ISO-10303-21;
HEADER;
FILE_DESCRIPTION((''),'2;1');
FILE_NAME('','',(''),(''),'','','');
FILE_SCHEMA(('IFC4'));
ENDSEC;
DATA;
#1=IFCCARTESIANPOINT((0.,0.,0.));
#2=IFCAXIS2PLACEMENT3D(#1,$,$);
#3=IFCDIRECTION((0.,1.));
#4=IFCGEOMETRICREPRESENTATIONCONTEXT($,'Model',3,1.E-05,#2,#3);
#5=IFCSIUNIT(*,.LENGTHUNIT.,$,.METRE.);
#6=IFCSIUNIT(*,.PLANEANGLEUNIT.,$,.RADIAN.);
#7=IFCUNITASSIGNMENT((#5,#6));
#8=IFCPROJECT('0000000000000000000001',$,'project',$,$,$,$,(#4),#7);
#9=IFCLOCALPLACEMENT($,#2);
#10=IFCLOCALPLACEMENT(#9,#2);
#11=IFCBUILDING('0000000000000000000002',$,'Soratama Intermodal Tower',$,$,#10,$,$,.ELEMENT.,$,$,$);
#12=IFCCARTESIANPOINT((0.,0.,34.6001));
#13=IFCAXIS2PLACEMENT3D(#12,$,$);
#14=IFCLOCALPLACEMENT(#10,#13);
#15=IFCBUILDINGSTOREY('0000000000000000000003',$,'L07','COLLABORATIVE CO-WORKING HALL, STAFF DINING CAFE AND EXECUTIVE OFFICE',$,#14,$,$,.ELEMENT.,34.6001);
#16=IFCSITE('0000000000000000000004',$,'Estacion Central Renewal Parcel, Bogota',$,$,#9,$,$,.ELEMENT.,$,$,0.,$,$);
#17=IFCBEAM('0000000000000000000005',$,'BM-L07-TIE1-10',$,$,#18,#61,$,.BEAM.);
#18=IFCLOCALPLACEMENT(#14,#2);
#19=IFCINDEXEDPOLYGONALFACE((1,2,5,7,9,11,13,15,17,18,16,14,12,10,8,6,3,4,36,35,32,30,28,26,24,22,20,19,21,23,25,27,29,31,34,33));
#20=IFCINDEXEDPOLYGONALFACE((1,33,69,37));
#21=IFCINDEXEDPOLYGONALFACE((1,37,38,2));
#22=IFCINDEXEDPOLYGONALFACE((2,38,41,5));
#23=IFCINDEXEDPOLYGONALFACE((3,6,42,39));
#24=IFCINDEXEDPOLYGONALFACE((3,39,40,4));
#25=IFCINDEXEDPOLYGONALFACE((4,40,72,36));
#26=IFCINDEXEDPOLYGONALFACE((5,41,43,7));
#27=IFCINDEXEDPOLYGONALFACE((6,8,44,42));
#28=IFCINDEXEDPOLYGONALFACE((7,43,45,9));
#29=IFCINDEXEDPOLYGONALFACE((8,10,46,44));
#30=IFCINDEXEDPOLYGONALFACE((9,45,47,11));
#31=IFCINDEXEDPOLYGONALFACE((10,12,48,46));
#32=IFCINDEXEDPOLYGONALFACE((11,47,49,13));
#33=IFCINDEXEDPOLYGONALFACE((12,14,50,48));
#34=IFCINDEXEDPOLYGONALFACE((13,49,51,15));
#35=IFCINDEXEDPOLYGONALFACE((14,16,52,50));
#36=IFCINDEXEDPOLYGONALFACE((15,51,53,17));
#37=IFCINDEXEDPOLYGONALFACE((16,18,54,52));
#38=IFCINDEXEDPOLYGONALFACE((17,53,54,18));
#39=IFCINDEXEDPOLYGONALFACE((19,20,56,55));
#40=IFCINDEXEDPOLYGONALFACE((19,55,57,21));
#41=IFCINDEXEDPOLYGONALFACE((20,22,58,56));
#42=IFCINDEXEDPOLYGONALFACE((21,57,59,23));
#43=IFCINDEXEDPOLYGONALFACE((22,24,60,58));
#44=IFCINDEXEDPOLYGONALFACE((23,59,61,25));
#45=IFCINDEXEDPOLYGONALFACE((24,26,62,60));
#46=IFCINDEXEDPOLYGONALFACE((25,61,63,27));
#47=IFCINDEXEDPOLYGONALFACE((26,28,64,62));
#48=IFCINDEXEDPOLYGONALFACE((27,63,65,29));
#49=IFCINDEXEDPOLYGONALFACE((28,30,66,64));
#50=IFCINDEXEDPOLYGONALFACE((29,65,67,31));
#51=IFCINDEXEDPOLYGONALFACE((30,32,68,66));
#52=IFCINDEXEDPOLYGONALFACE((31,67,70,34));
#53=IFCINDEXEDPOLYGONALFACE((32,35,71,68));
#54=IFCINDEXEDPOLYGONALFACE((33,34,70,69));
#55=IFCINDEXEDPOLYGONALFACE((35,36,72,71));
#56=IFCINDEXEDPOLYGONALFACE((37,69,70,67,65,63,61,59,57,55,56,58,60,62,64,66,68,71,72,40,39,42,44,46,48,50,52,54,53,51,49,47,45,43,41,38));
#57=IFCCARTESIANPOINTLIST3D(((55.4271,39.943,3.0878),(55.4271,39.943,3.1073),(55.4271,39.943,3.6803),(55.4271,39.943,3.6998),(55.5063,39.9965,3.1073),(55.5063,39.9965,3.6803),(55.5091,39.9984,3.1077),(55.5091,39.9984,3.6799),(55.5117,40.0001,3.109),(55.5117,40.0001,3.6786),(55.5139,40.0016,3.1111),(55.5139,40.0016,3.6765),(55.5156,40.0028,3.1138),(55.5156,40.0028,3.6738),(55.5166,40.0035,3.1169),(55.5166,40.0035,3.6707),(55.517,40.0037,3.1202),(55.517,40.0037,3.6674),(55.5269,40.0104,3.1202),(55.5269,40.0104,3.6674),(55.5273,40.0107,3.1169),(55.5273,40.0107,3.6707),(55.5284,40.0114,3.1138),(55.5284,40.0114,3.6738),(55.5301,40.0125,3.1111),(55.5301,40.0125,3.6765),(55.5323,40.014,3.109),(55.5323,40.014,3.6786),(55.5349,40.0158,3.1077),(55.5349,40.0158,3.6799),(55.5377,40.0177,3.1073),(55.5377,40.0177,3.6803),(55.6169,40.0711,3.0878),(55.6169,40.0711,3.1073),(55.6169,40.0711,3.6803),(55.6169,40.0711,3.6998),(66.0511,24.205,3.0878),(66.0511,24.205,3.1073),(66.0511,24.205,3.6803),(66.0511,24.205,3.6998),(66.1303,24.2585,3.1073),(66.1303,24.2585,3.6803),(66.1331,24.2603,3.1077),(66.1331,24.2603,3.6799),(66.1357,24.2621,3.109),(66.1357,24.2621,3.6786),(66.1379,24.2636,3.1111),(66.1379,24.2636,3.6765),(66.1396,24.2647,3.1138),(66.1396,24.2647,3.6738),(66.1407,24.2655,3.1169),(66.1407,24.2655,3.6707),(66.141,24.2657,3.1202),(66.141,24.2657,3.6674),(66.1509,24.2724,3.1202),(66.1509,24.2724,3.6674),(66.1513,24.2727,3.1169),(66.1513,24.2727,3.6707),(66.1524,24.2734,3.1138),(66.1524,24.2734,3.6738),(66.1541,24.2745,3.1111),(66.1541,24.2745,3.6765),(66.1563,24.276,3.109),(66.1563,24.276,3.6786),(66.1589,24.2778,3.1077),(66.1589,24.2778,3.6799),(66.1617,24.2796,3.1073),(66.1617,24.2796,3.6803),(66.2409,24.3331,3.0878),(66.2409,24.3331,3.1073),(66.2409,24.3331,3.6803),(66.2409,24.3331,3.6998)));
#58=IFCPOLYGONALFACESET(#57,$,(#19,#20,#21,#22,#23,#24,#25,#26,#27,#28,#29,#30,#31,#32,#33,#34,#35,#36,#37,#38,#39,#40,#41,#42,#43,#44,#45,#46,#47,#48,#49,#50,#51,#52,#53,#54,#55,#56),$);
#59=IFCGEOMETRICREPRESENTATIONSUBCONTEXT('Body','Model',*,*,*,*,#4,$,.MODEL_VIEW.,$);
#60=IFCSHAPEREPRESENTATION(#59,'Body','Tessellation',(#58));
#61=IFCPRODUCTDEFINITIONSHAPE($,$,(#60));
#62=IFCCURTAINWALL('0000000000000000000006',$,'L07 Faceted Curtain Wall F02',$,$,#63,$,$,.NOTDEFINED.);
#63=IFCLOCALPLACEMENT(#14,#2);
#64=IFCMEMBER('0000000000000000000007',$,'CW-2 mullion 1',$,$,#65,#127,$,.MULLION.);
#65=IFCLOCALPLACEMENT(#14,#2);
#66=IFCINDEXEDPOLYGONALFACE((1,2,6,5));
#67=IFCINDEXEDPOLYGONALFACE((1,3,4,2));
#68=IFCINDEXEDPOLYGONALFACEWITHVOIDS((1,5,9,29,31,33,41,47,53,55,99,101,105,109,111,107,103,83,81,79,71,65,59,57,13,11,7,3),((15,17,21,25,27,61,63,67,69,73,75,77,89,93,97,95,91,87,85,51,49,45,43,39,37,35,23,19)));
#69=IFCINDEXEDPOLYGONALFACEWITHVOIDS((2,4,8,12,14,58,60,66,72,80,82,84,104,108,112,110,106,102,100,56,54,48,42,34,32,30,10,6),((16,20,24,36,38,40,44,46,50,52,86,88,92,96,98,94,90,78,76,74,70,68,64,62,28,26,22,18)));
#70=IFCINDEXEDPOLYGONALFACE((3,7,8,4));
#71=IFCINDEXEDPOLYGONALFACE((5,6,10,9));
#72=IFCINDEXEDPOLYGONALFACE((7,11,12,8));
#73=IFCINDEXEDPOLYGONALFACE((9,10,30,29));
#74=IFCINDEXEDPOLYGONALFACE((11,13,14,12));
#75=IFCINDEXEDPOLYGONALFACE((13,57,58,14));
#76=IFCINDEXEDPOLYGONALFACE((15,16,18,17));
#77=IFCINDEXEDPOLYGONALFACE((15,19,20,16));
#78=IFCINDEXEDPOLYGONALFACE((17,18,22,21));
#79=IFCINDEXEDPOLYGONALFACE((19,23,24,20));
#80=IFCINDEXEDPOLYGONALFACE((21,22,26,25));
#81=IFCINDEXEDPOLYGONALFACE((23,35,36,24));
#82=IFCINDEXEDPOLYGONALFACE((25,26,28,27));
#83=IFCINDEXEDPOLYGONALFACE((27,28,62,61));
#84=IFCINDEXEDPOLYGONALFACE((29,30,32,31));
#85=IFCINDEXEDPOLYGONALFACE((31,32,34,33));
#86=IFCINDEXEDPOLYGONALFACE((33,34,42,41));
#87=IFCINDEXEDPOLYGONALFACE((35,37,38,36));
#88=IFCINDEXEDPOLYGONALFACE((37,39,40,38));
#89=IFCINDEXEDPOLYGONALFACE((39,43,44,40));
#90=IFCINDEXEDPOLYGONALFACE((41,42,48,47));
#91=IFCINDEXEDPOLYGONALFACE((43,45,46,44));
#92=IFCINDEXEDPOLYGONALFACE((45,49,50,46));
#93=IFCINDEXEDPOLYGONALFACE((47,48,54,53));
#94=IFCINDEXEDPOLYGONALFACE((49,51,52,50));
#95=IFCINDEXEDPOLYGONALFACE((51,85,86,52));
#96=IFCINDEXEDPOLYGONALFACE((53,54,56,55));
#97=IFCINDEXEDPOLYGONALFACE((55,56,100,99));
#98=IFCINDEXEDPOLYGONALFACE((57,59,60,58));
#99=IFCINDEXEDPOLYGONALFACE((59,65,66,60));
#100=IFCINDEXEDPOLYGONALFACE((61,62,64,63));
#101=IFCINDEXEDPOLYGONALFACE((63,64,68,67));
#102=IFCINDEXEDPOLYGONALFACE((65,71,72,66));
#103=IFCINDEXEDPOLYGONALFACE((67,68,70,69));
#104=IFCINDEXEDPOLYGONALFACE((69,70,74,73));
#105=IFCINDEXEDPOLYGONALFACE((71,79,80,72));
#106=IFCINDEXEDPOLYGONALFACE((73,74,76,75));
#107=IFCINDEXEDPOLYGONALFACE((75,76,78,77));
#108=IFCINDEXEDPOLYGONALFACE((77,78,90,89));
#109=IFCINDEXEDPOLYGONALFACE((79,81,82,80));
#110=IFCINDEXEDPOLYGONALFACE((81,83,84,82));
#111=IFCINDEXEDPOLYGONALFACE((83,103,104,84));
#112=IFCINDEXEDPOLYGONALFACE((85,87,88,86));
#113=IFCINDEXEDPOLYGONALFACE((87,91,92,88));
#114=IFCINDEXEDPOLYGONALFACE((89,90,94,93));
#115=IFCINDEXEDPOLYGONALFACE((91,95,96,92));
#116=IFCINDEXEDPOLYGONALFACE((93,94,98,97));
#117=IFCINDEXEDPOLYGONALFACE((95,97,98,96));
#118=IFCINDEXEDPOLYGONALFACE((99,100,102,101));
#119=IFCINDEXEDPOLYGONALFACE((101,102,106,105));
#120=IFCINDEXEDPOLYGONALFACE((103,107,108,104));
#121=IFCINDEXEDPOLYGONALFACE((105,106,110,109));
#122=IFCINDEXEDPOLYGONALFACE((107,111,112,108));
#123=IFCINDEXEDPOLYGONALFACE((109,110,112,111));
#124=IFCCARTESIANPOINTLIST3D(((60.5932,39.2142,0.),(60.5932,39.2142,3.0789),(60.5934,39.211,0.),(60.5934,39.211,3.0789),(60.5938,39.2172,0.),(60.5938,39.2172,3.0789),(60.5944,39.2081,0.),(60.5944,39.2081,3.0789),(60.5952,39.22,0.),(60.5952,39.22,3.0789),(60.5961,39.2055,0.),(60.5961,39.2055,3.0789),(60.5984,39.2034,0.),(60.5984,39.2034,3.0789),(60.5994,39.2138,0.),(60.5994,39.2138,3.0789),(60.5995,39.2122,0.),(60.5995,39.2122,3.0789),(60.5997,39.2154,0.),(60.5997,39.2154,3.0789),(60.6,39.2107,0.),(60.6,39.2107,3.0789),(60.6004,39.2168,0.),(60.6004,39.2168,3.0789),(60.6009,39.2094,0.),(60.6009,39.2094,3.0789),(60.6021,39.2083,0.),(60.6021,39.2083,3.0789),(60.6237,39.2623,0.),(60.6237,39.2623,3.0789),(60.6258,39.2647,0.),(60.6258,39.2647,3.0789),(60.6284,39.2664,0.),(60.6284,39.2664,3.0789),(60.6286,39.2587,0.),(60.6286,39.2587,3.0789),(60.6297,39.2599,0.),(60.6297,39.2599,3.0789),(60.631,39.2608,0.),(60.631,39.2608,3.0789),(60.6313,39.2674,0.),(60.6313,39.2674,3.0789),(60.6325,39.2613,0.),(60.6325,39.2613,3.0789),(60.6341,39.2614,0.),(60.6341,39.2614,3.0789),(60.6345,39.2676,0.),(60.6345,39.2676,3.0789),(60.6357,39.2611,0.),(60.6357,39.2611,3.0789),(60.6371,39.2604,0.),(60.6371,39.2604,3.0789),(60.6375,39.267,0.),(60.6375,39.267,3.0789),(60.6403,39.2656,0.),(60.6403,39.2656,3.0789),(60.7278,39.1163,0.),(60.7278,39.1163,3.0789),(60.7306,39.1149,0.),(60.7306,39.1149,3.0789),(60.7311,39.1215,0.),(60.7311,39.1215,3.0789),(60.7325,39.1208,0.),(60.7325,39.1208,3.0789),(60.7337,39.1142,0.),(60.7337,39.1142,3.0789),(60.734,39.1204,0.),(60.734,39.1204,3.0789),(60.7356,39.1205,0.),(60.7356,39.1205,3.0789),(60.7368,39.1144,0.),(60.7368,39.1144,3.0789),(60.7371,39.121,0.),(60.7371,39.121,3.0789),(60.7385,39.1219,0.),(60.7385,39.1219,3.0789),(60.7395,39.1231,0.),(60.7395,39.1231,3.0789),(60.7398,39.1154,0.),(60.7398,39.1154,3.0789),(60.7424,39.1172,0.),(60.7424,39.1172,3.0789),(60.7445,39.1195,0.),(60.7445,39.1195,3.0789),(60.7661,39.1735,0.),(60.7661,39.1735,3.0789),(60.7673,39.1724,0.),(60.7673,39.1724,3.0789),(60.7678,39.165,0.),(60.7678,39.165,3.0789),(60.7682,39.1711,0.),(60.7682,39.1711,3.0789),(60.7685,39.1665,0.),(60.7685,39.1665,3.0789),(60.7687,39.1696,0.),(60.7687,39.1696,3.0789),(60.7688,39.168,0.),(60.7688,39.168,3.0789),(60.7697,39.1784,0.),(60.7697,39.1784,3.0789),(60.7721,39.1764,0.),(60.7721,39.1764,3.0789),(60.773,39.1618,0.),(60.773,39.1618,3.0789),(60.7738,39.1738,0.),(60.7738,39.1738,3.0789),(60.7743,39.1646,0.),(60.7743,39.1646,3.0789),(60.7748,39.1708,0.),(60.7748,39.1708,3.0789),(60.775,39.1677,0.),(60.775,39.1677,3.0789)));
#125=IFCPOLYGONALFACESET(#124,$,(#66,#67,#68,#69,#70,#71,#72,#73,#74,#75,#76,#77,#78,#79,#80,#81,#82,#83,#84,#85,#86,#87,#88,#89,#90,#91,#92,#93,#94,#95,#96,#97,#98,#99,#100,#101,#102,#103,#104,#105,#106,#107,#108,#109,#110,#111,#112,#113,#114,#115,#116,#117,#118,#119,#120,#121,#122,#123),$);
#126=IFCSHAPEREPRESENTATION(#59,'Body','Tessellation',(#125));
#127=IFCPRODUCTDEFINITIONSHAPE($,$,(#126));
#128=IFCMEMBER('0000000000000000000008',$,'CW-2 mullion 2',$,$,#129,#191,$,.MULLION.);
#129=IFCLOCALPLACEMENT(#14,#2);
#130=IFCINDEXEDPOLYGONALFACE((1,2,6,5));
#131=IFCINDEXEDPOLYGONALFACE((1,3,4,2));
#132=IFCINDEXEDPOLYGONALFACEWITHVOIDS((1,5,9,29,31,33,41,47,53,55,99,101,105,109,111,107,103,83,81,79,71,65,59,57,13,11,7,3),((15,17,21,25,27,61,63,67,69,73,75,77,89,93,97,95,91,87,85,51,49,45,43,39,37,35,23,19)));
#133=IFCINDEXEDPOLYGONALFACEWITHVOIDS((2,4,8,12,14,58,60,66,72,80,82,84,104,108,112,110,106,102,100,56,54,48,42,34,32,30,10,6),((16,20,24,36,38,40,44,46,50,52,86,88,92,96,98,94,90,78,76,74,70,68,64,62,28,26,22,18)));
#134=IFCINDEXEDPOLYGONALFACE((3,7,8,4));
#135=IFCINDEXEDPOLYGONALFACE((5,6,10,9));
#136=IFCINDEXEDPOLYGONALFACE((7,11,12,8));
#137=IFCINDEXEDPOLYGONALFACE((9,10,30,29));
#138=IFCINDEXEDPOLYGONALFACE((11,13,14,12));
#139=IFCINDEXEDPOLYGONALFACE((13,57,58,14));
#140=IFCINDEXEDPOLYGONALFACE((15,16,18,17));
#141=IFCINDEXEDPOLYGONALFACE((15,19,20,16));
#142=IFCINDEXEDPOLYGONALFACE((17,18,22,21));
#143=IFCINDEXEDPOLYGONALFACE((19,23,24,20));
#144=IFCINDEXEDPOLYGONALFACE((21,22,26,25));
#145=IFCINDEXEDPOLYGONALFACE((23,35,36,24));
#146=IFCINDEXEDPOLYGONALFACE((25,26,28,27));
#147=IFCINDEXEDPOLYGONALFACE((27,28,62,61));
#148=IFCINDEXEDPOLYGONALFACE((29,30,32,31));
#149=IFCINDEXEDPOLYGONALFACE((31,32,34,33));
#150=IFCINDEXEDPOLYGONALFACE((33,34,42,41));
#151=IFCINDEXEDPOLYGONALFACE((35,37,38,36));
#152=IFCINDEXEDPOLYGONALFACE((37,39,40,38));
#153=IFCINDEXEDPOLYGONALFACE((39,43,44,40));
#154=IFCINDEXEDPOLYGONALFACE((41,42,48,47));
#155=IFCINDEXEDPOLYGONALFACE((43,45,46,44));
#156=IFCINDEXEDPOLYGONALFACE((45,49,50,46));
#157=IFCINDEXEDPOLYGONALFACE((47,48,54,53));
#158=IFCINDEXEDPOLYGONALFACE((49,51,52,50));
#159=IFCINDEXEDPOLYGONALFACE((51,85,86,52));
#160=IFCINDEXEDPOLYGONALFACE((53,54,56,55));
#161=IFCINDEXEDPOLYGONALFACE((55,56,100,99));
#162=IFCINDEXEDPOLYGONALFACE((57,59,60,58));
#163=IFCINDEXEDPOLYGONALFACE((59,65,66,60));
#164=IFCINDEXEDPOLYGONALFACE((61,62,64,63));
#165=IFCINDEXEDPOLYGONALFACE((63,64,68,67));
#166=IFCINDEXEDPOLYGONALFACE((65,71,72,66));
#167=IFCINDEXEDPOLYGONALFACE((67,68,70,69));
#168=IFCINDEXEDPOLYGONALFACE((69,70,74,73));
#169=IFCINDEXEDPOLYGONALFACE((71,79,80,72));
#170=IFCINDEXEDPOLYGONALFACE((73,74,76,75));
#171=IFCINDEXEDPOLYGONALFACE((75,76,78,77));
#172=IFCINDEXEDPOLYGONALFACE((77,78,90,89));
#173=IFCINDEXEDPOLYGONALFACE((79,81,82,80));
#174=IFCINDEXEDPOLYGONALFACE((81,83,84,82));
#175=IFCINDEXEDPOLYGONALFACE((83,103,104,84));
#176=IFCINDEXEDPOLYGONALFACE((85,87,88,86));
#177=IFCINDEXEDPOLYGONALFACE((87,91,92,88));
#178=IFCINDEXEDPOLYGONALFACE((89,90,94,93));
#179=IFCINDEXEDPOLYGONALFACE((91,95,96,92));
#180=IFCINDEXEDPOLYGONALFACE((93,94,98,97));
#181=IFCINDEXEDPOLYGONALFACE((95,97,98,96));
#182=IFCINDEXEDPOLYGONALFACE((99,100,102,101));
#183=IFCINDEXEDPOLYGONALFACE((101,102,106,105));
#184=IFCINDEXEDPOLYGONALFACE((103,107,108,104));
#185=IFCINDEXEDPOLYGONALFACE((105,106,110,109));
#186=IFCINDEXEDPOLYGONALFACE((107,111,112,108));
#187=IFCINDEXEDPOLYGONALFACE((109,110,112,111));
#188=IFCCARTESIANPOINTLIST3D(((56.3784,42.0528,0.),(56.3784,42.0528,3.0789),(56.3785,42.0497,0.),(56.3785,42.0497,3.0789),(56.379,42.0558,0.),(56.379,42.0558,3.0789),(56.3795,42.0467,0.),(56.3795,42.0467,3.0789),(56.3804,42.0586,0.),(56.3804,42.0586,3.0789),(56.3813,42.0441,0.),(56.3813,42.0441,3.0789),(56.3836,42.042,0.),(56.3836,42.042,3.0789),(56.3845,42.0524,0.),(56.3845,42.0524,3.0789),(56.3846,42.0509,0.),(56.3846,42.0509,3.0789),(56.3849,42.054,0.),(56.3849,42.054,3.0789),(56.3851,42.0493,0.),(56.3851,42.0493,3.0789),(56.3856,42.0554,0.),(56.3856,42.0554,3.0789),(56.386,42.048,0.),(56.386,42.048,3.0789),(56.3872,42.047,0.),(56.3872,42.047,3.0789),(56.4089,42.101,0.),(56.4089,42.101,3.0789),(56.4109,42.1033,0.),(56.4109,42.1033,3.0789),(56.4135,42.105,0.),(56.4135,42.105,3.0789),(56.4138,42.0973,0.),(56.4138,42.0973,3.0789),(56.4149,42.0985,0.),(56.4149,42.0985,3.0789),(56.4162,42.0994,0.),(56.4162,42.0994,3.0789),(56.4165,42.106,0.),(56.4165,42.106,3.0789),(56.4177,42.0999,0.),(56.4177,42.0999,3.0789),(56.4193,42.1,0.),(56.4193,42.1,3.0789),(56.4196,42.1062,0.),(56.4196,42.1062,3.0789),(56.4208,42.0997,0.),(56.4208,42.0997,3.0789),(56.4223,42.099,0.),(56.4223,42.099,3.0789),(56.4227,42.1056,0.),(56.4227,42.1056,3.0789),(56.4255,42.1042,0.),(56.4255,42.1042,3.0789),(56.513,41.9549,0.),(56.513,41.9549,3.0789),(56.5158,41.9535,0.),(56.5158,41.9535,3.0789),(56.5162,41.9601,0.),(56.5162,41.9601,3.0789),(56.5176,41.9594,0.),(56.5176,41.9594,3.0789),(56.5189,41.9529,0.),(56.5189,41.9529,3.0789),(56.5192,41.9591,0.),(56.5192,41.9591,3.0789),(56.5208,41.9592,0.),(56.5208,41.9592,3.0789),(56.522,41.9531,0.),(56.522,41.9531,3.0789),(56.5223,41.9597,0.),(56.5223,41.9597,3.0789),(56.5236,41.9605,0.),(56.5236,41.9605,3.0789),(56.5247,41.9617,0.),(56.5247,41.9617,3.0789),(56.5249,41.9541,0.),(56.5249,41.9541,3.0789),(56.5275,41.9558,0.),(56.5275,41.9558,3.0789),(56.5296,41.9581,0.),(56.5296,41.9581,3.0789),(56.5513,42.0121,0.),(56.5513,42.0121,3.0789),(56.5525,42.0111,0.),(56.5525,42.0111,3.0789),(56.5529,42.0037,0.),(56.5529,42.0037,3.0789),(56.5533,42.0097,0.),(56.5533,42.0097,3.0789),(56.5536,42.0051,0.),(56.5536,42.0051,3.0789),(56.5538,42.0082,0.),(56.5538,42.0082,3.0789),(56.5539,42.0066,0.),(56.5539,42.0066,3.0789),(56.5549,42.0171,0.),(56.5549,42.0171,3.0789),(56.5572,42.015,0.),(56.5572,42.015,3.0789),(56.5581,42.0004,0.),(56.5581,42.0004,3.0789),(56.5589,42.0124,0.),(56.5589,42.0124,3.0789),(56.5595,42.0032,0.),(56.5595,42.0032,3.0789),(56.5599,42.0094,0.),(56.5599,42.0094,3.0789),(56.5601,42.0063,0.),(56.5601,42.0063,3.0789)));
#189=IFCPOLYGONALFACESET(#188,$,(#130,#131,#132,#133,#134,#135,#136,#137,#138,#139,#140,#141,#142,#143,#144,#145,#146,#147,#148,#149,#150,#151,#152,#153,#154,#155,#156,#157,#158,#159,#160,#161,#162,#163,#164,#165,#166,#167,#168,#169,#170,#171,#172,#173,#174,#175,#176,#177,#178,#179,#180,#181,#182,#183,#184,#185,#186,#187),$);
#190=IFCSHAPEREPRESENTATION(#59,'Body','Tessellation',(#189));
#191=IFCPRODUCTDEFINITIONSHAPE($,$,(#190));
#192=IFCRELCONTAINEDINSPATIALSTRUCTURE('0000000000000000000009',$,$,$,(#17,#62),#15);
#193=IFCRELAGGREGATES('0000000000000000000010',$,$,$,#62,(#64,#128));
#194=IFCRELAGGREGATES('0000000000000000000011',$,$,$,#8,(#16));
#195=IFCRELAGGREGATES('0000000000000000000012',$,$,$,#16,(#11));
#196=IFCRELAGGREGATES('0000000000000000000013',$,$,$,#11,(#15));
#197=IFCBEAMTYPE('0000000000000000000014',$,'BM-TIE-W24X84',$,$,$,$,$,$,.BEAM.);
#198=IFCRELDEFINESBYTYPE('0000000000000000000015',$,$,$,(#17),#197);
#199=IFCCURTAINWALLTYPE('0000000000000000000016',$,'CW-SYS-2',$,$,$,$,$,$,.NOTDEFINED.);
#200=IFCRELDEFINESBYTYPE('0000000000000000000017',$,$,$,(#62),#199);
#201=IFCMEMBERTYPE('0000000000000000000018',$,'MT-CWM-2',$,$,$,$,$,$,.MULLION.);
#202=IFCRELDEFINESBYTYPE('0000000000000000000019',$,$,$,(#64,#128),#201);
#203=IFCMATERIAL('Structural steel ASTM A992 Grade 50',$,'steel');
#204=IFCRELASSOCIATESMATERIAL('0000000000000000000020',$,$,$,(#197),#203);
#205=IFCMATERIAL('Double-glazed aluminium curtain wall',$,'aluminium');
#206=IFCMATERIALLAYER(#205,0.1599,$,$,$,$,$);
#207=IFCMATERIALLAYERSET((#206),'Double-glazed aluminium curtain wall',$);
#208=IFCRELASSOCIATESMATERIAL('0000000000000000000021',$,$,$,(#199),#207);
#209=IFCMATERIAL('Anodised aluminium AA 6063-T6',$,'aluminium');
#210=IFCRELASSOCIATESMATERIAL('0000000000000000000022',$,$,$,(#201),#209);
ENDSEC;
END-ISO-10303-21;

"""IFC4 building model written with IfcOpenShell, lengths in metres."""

from ifc_helpers import new_model, si_unit, direction, frame, origin, origin_2d, place, context, subcontext, project, spatial, hollow_rectangle, i_section, extrude, material, layer, layer_set, material_profile, profile_set, type_object, element, aggregate, save


model = new_model("IFC4")

# Units and contexts
model_context = context("Model", 3, precision=1e-05, world=origin(), true_north=direction((0.0, 1.0)))
body_context = subcontext(model_context, "Body", "Model", "MODEL_VIEW")
ifc_project = project(units=[si_unit("LENGTHUNIT", "METRE"), si_unit("PLANEANGLEUNIT", "RADIAN")], contexts=[model_context])

# Site, building, storey
site_placement = place(None, origin())
site = spatial("IfcSite", under=ifc_project, at=site_placement, Name="Estacion Central Renewal Parcel, Bogota", CompositionType="ELEMENT", RefElevation=0.0)
building_placement = place(site_placement, origin())
building = spatial("IfcBuilding", under=site, at=building_placement, Name="Soratama Intermodal Tower", CompositionType="ELEMENT")
storey_placement = place(building_placement, frame((0.0, 0.0, 34.6001)))
storey = spatial("IfcBuildingStorey", under=building, at=storey_placement, Name="L07", Description="COLLABORATIVE CO-WORKING HALL, STAFF DINING CAFE AND EXECUTIVE OFFICE", CompositionType="ELEMENT", Elevation=34.6001)

# Beam
ifc_material_1 = material(Name="Structural steel ASTM A992 Grade 50", Category="steel")
ifc_material_profile_1 = material_profile(ifc_material_1, i_section(OverallWidth=0.229, OverallDepth=0.6121, WebThickness=0.012, FlangeThickness=0.0195, FilletRadius=0.0129, at=origin_2d()), Name="W24X84")
ifc_profile_set_1 = profile_set([ifc_material_profile_1], Name="Structural steel ASTM A992 Grade 50")
beam_type_1 = type_object("IfcBeamType", Name="BM-TIE-W24X84", PredefinedType="BEAM", material=ifc_profile_set_1)
beam_1_placement = place(storey_placement, frame((55.522, 40.0071, 3.3938), z_axis=(0.559504, -0.828828, 0.0), x_axis=(0.828828, 0.559504, 0.0)))
element("IfcBeam", 1, at=beam_1_placement, inside=storey, type_object=beam_type_1, Name="BM-L07-TIE1-10", PredefinedType="BEAM", context=body_context, shape_type="SweptSolid", body=[
    extrude(i_section(OverallWidth=0.229, OverallDepth=0.6121, WebThickness=0.012, FlangeThickness=0.0195, FilletRadius=0.0129, at=origin_2d()), origin(), (0.0, 0.0, 1.0), 18.9883),
])

# Curtain wall, members
ifc_material_2 = material(Name="Double-glazed aluminium curtain wall", Category="aluminium")
ifc_layer_1 = layer(ifc_material_2, 0.1599)
ifc_layer_set_1 = layer_set([ifc_layer_1], Name="Double-glazed aluminium curtain wall")
curtain_wall_type = type_object("IfcCurtainWallType", Name="CW-SYS-2", PredefinedType="NOTDEFINED", material=ifc_layer_set_1)
curtain_wall_placement = place(storey_placement, origin())
curtain_wall = element("IfcCurtainWall", 2, at=curtain_wall_placement, inside=storey, type_object=curtain_wall_type, Name="L07 Faceted Curtain Wall F02", PredefinedType="NOTDEFINED")
ifc_material_3 = material(Name="Anodised aluminium AA 6063-T6", Category="aluminium")
ifc_material_profile_2 = material_profile(ifc_material_3, hollow_rectangle(XDim=0.075, YDim=0.1799, WallThickness=0.0061, InnerFilletRadius=0.0061, OuterFilletRadius=0.012, at=origin_2d()), Name="CWM180X75X6")
ifc_profile_set_2 = profile_set([ifc_material_profile_2], Name="Anodised aluminium AA 6063-T6")
member_type_1 = type_object("IfcMemberType", Name="MT-CWM-2", PredefinedType="MULLION", material=ifc_profile_set_2)
member_1_placement = place(storey_placement, frame((60.6841, 39.1909, 0.0), z_axis=(0.0, 0.0, 1.0), x_axis=(-0.558611, -0.82943, 0.0)))
member_1 = element("IfcMember", 3, at=member_1_placement, type_object=member_type_1, Name="CW-2 mullion 1", PredefinedType="MULLION", context=body_context, shape_type="SweptSolid", body=[
    extrude(hollow_rectangle(XDim=0.075, YDim=0.1799, WallThickness=0.0061, InnerFilletRadius=0.0061, OuterFilletRadius=0.012, at=origin_2d()), origin(), (0.0, 0.0, 1.0), 3.0789),
])
member_2_placement = place(storey_placement, frame((56.4692, 42.0295, 0.0), z_axis=(0.0, 0.0, 1.0), x_axis=(-0.558611, -0.82943, 0.0)))
member_2 = element("IfcMember", 4, at=member_2_placement, type_object=member_type_1, Name="CW-2 mullion 2", PredefinedType="MULLION", context=body_context, shape_type="SweptSolid", body=[
    extrude(hollow_rectangle(XDim=0.075, YDim=0.1799, WallThickness=0.0061, InnerFilletRadius=0.0061, OuterFilletRadius=0.012, at=origin_2d()), origin(), (0.0, 0.0, 1.0), 3.0789),
])
aggregate(curtain_wall, [member_1, member_2])

save(model, "model.ifc")
